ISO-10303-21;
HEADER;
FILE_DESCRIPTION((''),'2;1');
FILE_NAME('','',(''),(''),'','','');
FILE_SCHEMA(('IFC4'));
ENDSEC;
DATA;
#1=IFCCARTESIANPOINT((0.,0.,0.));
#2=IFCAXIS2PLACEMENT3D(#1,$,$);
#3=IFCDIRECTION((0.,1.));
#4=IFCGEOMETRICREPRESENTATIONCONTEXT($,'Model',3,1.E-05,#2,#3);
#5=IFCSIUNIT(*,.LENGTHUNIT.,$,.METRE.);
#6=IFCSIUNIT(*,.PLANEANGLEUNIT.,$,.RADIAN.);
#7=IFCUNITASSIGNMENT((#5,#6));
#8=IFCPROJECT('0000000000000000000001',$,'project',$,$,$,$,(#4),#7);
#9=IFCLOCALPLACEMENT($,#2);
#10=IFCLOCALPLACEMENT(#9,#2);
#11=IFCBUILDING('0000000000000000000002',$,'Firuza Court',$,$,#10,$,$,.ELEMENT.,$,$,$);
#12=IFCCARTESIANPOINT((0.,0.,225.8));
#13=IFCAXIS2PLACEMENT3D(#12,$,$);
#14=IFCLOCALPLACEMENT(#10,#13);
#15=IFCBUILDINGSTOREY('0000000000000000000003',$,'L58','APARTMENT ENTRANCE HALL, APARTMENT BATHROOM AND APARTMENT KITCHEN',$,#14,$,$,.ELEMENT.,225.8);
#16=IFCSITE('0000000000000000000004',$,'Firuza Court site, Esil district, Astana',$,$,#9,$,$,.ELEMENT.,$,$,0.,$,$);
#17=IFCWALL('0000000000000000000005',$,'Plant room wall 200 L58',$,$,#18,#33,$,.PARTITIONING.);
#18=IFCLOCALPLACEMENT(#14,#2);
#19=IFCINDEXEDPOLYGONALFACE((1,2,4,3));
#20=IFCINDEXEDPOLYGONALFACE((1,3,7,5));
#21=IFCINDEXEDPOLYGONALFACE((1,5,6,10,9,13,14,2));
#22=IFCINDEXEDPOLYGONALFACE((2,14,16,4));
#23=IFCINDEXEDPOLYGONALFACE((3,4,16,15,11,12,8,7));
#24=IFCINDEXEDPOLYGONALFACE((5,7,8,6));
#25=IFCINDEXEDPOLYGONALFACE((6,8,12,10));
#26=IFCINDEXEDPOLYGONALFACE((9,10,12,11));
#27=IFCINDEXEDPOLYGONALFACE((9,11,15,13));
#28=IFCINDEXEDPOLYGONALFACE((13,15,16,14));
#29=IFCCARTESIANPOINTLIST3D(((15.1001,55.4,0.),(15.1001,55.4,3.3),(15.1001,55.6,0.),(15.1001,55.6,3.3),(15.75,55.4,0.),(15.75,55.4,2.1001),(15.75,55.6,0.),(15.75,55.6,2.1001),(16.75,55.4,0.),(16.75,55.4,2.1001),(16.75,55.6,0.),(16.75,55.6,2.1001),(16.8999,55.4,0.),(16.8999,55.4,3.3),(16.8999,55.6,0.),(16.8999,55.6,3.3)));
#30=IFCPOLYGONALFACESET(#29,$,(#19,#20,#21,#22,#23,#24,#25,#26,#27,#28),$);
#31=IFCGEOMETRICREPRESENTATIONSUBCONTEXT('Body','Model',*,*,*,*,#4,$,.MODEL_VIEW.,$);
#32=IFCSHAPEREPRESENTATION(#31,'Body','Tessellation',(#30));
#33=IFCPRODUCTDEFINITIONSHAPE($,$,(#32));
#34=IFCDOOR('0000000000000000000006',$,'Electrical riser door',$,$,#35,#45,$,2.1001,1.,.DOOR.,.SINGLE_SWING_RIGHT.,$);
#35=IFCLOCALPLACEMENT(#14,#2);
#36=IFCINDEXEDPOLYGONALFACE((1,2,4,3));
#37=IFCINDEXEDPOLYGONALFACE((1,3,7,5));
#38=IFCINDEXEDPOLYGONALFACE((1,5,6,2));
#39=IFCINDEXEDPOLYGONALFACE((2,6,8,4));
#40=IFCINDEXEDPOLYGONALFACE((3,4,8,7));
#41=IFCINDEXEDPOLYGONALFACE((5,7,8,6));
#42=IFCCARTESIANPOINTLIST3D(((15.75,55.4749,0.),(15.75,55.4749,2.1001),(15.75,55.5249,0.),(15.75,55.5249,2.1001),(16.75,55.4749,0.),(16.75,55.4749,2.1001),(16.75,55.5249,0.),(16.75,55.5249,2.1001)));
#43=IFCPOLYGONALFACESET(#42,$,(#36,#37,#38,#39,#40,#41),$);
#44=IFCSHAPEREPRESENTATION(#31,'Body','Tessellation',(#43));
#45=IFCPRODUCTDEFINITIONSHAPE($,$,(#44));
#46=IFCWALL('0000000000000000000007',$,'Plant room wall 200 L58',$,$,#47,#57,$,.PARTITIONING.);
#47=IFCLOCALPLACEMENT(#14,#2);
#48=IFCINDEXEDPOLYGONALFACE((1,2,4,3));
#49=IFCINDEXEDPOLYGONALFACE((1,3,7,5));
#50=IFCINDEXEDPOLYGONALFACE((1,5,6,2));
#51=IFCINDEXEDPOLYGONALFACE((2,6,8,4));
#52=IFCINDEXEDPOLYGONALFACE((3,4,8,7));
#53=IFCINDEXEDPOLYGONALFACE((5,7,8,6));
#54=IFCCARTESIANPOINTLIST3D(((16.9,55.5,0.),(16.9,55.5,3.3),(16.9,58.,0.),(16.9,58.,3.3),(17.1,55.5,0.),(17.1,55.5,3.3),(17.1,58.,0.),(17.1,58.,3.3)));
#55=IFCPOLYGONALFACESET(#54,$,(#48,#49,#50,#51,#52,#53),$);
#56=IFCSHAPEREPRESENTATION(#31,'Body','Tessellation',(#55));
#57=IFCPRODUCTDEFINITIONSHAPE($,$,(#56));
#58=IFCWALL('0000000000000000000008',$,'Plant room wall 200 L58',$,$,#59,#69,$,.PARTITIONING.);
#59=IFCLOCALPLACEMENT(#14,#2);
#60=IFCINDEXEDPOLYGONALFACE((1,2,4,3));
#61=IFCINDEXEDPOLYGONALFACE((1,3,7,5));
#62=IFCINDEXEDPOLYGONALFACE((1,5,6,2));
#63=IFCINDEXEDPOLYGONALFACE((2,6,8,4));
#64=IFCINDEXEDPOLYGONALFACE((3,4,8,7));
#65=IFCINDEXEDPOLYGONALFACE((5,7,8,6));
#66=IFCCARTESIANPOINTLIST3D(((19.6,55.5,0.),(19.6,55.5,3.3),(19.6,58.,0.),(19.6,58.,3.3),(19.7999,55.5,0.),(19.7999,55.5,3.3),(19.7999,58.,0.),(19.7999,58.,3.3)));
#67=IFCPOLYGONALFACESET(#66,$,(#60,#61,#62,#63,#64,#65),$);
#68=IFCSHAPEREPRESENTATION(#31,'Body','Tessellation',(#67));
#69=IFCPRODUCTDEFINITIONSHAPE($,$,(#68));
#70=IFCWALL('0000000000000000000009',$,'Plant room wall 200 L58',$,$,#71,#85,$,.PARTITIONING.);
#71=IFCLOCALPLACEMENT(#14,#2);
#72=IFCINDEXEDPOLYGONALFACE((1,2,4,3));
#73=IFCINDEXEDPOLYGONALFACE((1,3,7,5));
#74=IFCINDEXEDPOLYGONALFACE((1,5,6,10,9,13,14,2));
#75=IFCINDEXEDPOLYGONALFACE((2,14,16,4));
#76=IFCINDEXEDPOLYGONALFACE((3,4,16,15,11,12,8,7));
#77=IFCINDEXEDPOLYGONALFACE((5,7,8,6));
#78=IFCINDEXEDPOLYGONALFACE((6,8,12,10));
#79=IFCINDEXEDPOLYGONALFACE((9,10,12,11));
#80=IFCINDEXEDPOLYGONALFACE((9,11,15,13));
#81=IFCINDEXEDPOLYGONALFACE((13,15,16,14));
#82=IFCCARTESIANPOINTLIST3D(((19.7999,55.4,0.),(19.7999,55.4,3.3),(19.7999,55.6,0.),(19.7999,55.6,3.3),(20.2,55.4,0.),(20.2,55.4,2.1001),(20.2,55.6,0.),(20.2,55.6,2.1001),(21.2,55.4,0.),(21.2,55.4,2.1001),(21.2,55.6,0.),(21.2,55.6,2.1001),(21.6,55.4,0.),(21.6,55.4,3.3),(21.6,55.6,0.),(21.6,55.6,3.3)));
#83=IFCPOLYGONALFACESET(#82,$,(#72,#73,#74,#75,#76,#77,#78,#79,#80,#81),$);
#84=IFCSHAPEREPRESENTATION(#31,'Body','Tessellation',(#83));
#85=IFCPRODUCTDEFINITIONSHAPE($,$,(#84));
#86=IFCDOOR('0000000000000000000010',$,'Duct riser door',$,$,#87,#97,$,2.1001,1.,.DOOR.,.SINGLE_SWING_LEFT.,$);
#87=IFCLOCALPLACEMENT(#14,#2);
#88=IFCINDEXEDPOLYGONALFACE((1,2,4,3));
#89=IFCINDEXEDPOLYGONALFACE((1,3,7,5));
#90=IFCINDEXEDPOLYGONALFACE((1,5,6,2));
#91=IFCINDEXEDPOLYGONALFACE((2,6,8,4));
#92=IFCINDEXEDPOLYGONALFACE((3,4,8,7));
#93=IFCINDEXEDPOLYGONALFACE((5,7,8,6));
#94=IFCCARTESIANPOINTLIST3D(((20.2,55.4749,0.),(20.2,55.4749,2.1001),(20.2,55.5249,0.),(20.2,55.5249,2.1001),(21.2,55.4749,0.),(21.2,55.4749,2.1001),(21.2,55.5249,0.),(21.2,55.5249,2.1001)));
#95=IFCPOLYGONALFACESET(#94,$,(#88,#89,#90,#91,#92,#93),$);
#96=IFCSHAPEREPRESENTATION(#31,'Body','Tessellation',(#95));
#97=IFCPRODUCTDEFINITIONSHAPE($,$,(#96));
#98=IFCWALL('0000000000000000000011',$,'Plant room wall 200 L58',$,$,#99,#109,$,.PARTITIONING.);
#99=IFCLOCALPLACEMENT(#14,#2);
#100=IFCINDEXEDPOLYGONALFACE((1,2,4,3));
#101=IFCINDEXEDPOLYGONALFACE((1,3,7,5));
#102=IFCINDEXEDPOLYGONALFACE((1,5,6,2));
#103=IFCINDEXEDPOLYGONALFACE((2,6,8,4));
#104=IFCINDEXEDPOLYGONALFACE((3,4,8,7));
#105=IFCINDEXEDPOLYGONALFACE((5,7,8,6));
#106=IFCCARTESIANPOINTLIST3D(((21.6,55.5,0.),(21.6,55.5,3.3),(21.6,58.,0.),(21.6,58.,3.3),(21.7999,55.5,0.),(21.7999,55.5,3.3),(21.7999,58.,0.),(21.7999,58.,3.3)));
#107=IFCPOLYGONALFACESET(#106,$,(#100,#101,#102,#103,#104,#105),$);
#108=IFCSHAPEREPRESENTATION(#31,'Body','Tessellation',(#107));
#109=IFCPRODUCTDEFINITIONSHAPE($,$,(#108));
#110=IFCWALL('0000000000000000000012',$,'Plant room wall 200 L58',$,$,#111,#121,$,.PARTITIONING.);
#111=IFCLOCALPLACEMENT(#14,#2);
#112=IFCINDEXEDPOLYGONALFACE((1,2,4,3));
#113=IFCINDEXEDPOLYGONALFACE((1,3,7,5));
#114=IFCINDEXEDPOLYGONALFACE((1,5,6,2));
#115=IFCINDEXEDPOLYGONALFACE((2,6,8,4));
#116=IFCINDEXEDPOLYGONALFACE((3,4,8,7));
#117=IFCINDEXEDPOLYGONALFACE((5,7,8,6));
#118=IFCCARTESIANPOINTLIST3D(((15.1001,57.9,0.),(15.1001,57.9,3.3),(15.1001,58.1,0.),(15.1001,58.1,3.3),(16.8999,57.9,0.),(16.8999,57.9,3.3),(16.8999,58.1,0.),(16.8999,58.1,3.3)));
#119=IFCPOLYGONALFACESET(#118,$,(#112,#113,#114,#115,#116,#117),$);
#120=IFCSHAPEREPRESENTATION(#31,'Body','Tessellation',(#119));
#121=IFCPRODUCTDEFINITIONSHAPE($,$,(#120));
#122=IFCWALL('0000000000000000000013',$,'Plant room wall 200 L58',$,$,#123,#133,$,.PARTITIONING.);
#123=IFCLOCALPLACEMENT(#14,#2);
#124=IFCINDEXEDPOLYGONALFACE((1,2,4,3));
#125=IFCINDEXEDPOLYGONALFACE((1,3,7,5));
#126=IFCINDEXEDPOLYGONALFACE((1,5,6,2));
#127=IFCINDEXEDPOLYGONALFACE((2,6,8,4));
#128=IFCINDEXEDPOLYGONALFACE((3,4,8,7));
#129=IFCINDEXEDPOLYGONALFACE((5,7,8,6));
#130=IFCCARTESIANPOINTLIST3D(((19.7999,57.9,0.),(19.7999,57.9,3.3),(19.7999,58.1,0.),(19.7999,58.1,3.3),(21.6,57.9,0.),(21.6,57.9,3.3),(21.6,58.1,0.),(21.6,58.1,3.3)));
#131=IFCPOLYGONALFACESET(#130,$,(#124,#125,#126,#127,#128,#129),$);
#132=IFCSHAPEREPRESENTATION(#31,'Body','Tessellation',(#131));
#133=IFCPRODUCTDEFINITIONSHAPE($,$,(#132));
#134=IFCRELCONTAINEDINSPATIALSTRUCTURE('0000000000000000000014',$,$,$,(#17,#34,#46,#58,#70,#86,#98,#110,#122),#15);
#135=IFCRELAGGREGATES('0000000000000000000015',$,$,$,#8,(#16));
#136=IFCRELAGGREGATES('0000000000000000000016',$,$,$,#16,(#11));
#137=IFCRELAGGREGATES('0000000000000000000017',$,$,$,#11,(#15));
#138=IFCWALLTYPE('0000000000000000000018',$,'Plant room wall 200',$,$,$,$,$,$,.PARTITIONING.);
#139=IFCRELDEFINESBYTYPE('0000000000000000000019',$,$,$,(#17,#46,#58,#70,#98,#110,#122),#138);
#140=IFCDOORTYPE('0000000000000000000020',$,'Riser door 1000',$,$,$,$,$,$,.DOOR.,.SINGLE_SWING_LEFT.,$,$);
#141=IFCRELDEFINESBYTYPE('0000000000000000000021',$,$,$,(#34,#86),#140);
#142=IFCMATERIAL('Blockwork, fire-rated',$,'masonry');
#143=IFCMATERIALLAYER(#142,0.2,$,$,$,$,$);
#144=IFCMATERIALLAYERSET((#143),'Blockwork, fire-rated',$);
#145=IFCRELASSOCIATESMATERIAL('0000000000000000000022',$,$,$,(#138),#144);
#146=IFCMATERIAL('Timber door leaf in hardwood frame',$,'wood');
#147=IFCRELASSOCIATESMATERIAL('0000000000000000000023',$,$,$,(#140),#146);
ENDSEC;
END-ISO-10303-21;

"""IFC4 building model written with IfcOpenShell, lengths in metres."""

from ifc_helpers import new_model, si_unit, direction, frame, frame_2d, origin, place, context, subcontext, project, spatial, rectangle, extrude, material, layer, layer_set, type_object, element, fill, save


model = new_model("IFC4")

# Units and contexts
model_context = context("Model", 3, precision=1e-05, world=origin(), true_north=direction((0.0, 1.0)))
body_context = subcontext(model_context, "Body", "Model", "MODEL_VIEW")
ifc_project = project(units=[si_unit("LENGTHUNIT", "METRE"), si_unit("PLANEANGLEUNIT", "RADIAN")], contexts=[model_context])

# Site, building, storey
site_placement = place(None, origin())
site = spatial("IfcSite", under=ifc_project, at=site_placement, Name="Firuza Court site, Esil district, Astana", CompositionType="ELEMENT", RefElevation=0.0)
building_placement = place(site_placement, origin())
building = spatial("IfcBuilding", under=site, at=building_placement, Name="Firuza Court", CompositionType="ELEMENT")
storey_placement = place(building_placement, frame((0.0, 0.0, 225.8)))
storey = spatial("IfcBuildingStorey", under=building, at=storey_placement, Name="L58", Description="APARTMENT ENTRANCE HALL, APARTMENT BATHROOM AND APARTMENT KITCHEN", CompositionType="ELEMENT", Elevation=225.8)

# Shared definitions
ifc_material_1 = material(Name="Blockwork, fire-rated", Category="masonry")
ifc_layer_1 = layer(ifc_material_1, 0.2)
ifc_layer_set_1 = layer_set([ifc_layer_1], Name="Blockwork, fire-rated")
wall_type_1 = type_object("IfcWallType", Name="Plant room wall 200", PredefinedType="PARTITIONING", material=ifc_layer_set_1)

# Wall, opening, door
wall_1_placement = place(storey_placement, frame((15.1001, 55.5, 0.0), z_axis=(0.0, 0.0, 1.0), x_axis=(1.0, 0.0, 0.0)))
wall_1 = element("IfcWall", 1, at=wall_1_placement, inside=storey, type_object=wall_type_1, Name="Plant room wall 200 L58", PredefinedType="PARTITIONING", context=body_context, shape_type="SweptSolid", body=[
    extrude(rectangle(XDim=1.7998, YDim=0.2, at=frame_2d((0.8999, 0.0))), origin(), (0.0, 0.0, 1.0), 3.3),
])
opening_1_placement = place(wall_1_placement, frame((0.6499, 0.0, 0.0)))
opening_1 = element("IfcOpeningElement", 2, at=opening_1_placement, cuts=wall_1, PredefinedType="OPENING", context=body_context, shape_type="SweptSolid", body=[
    extrude(rectangle(XDim=1.0, YDim=2.1001, at=frame_2d((0.5, 1.05))), frame((0.0, 0.1118, 0.0), z_axis=(0.0, -1.0, 0.0), x_axis=(1.0, 0.0, 0.0)), (0.0, 0.0, 1.0), 0.2239),
])
ifc_material_2 = material(Name="Timber door leaf in hardwood frame", Category="wood")
door_type_1 = type_object("IfcDoorType", Name="Riser door 1000", OperationType="SINGLE_SWING_LEFT", PredefinedType="DOOR", material=ifc_material_2)
door_1_placement = place(opening_1_placement, origin())
door_1 = element("IfcDoor", 3, at=door_1_placement, inside=storey, type_object=door_type_1, Name="Electrical riser door", OperationType="SINGLE_SWING_RIGHT", OverallHeight=2.1001, OverallWidth=1.0, PredefinedType="DOOR", context=body_context, shape_type="SweptSolid", body=[
    extrude(rectangle(XDim=1.0, YDim=2.1001, at=frame_2d((0.5, 1.05))), frame((0.0, 0.0249, 0.0), z_axis=(0.0, -1.0, 0.0), x_axis=(1.0, 0.0, 0.0)), (0.0, 0.0, 1.0), 0.05),
])
fill(opening_1, door_1)

# Walls
for number, where, z_axis, x_axis, name in (
    (4, (17.0, 55.5, 0.0), (0.0, 0.0, 1.0), (0.0, 1.0, 0.0), "Plant room wall 200 L58"),
    (5, (19.7, 55.5, 0.0), (0.0, 0.0, 1.0), (0.0, 1.0, 0.0), "Plant room wall 200 L58"),
):
    element("IfcWall", number, at=place(storey_placement, frame(where, z_axis=z_axis, x_axis=x_axis)), inside=storey, type_object=wall_type_1, Name=name, PredefinedType="PARTITIONING", context=body_context, shape_type="SweptSolid", body=[
        extrude(rectangle(XDim=2.5, YDim=0.2, at=frame_2d((1.25, 0.0))), origin(), (0.0, 0.0, 1.0), 3.3),
    ])

# Wall, opening, door
wall_2_placement = place(storey_placement, frame((19.8, 55.5, 0.0), z_axis=(0.0, 0.0, 1.0), x_axis=(1.0, 0.0, 0.0)))
wall_2 = element("IfcWall", 6, at=wall_2_placement, inside=storey, type_object=wall_type_1, Name="Plant room wall 200 L58", PredefinedType="PARTITIONING", context=body_context, shape_type="SweptSolid", body=[
    extrude(rectangle(XDim=1.8, YDim=0.2, at=frame_2d((0.8999, 0.0))), origin(), (0.0, 0.0, 1.0), 3.3),
])
opening_2_placement = place(wall_2_placement, frame((0.3999, 0.0, 0.0)))
opening_2 = element("IfcOpeningElement", 7, at=opening_2_placement, cuts=wall_2, PredefinedType="OPENING", context=body_context, shape_type="SweptSolid", body=[
    extrude(rectangle(XDim=1.0, YDim=2.1001, at=frame_2d((0.5, 1.05))), frame((0.0, 0.1118, 0.0), z_axis=(0.0, -1.0, 0.0), x_axis=(1.0, 0.0, 0.0)), (0.0, 0.0, 1.0), 0.2239),
])
door_2_placement = place(opening_2_placement, origin())
door_2 = element("IfcDoor", 8, at=door_2_placement, inside=storey, type_object=door_type_1, Name="Duct riser door", OperationType="SINGLE_SWING_LEFT", OverallHeight=2.1001, OverallWidth=1.0, PredefinedType="DOOR", context=body_context, shape_type="SweptSolid", body=[
    extrude(rectangle(XDim=1.0, YDim=2.1001, at=frame_2d((0.5, 1.05))), frame((0.0, 0.0249, 0.0), z_axis=(0.0, -1.0, 0.0), x_axis=(1.0, 0.0, 0.0)), (0.0, 0.0, 1.0), 0.05),
])
fill(opening_2, door_2)

# Walls
wall_3_placement = place(storey_placement, frame((21.7, 55.5, 0.0), z_axis=(0.0, 0.0, 1.0), x_axis=(0.0, 1.0, 0.0)))
element("IfcWall", 9, at=wall_3_placement, inside=storey, type_object=wall_type_1, Name="Plant room wall 200 L58", PredefinedType="PARTITIONING", context=body_context, shape_type="SweptSolid", body=[
    extrude(rectangle(XDim=2.5, YDim=0.2, at=frame_2d((1.25, 0.0))), origin(), (0.0, 0.0, 1.0), 3.3),
])
wall_4_placement = place(storey_placement, frame((15.1001, 58.0, 0.0), z_axis=(0.0, 0.0, 1.0), x_axis=(1.0, 0.0, 0.0)))
element("IfcWall", 10, at=wall_4_placement, inside=storey, type_object=wall_type_1, Name="Plant room wall 200 L58", PredefinedType="PARTITIONING", context=body_context, shape_type="SweptSolid", body=[
    extrude(rectangle(XDim=1.7998, YDim=0.2, at=frame_2d((0.8999, 0.0))), origin(), (0.0, 0.0, 1.0), 3.3),
])
wall_5_placement = place(storey_placement, frame((19.8, 58.0, 0.0), z_axis=(0.0, 0.0, 1.0), x_axis=(1.0, 0.0, 0.0)))
element("IfcWall", 11, at=wall_5_placement, inside=storey, type_object=wall_type_1, Name="Plant room wall 200 L58", PredefinedType="PARTITIONING", context=body_context, shape_type="SweptSolid", body=[
    extrude(rectangle(XDim=1.8, YDim=0.2, at=frame_2d((0.8999, 0.0))), origin(), (0.0, 0.0, 1.0), 3.3),
])

save(model, "model.ifc")
